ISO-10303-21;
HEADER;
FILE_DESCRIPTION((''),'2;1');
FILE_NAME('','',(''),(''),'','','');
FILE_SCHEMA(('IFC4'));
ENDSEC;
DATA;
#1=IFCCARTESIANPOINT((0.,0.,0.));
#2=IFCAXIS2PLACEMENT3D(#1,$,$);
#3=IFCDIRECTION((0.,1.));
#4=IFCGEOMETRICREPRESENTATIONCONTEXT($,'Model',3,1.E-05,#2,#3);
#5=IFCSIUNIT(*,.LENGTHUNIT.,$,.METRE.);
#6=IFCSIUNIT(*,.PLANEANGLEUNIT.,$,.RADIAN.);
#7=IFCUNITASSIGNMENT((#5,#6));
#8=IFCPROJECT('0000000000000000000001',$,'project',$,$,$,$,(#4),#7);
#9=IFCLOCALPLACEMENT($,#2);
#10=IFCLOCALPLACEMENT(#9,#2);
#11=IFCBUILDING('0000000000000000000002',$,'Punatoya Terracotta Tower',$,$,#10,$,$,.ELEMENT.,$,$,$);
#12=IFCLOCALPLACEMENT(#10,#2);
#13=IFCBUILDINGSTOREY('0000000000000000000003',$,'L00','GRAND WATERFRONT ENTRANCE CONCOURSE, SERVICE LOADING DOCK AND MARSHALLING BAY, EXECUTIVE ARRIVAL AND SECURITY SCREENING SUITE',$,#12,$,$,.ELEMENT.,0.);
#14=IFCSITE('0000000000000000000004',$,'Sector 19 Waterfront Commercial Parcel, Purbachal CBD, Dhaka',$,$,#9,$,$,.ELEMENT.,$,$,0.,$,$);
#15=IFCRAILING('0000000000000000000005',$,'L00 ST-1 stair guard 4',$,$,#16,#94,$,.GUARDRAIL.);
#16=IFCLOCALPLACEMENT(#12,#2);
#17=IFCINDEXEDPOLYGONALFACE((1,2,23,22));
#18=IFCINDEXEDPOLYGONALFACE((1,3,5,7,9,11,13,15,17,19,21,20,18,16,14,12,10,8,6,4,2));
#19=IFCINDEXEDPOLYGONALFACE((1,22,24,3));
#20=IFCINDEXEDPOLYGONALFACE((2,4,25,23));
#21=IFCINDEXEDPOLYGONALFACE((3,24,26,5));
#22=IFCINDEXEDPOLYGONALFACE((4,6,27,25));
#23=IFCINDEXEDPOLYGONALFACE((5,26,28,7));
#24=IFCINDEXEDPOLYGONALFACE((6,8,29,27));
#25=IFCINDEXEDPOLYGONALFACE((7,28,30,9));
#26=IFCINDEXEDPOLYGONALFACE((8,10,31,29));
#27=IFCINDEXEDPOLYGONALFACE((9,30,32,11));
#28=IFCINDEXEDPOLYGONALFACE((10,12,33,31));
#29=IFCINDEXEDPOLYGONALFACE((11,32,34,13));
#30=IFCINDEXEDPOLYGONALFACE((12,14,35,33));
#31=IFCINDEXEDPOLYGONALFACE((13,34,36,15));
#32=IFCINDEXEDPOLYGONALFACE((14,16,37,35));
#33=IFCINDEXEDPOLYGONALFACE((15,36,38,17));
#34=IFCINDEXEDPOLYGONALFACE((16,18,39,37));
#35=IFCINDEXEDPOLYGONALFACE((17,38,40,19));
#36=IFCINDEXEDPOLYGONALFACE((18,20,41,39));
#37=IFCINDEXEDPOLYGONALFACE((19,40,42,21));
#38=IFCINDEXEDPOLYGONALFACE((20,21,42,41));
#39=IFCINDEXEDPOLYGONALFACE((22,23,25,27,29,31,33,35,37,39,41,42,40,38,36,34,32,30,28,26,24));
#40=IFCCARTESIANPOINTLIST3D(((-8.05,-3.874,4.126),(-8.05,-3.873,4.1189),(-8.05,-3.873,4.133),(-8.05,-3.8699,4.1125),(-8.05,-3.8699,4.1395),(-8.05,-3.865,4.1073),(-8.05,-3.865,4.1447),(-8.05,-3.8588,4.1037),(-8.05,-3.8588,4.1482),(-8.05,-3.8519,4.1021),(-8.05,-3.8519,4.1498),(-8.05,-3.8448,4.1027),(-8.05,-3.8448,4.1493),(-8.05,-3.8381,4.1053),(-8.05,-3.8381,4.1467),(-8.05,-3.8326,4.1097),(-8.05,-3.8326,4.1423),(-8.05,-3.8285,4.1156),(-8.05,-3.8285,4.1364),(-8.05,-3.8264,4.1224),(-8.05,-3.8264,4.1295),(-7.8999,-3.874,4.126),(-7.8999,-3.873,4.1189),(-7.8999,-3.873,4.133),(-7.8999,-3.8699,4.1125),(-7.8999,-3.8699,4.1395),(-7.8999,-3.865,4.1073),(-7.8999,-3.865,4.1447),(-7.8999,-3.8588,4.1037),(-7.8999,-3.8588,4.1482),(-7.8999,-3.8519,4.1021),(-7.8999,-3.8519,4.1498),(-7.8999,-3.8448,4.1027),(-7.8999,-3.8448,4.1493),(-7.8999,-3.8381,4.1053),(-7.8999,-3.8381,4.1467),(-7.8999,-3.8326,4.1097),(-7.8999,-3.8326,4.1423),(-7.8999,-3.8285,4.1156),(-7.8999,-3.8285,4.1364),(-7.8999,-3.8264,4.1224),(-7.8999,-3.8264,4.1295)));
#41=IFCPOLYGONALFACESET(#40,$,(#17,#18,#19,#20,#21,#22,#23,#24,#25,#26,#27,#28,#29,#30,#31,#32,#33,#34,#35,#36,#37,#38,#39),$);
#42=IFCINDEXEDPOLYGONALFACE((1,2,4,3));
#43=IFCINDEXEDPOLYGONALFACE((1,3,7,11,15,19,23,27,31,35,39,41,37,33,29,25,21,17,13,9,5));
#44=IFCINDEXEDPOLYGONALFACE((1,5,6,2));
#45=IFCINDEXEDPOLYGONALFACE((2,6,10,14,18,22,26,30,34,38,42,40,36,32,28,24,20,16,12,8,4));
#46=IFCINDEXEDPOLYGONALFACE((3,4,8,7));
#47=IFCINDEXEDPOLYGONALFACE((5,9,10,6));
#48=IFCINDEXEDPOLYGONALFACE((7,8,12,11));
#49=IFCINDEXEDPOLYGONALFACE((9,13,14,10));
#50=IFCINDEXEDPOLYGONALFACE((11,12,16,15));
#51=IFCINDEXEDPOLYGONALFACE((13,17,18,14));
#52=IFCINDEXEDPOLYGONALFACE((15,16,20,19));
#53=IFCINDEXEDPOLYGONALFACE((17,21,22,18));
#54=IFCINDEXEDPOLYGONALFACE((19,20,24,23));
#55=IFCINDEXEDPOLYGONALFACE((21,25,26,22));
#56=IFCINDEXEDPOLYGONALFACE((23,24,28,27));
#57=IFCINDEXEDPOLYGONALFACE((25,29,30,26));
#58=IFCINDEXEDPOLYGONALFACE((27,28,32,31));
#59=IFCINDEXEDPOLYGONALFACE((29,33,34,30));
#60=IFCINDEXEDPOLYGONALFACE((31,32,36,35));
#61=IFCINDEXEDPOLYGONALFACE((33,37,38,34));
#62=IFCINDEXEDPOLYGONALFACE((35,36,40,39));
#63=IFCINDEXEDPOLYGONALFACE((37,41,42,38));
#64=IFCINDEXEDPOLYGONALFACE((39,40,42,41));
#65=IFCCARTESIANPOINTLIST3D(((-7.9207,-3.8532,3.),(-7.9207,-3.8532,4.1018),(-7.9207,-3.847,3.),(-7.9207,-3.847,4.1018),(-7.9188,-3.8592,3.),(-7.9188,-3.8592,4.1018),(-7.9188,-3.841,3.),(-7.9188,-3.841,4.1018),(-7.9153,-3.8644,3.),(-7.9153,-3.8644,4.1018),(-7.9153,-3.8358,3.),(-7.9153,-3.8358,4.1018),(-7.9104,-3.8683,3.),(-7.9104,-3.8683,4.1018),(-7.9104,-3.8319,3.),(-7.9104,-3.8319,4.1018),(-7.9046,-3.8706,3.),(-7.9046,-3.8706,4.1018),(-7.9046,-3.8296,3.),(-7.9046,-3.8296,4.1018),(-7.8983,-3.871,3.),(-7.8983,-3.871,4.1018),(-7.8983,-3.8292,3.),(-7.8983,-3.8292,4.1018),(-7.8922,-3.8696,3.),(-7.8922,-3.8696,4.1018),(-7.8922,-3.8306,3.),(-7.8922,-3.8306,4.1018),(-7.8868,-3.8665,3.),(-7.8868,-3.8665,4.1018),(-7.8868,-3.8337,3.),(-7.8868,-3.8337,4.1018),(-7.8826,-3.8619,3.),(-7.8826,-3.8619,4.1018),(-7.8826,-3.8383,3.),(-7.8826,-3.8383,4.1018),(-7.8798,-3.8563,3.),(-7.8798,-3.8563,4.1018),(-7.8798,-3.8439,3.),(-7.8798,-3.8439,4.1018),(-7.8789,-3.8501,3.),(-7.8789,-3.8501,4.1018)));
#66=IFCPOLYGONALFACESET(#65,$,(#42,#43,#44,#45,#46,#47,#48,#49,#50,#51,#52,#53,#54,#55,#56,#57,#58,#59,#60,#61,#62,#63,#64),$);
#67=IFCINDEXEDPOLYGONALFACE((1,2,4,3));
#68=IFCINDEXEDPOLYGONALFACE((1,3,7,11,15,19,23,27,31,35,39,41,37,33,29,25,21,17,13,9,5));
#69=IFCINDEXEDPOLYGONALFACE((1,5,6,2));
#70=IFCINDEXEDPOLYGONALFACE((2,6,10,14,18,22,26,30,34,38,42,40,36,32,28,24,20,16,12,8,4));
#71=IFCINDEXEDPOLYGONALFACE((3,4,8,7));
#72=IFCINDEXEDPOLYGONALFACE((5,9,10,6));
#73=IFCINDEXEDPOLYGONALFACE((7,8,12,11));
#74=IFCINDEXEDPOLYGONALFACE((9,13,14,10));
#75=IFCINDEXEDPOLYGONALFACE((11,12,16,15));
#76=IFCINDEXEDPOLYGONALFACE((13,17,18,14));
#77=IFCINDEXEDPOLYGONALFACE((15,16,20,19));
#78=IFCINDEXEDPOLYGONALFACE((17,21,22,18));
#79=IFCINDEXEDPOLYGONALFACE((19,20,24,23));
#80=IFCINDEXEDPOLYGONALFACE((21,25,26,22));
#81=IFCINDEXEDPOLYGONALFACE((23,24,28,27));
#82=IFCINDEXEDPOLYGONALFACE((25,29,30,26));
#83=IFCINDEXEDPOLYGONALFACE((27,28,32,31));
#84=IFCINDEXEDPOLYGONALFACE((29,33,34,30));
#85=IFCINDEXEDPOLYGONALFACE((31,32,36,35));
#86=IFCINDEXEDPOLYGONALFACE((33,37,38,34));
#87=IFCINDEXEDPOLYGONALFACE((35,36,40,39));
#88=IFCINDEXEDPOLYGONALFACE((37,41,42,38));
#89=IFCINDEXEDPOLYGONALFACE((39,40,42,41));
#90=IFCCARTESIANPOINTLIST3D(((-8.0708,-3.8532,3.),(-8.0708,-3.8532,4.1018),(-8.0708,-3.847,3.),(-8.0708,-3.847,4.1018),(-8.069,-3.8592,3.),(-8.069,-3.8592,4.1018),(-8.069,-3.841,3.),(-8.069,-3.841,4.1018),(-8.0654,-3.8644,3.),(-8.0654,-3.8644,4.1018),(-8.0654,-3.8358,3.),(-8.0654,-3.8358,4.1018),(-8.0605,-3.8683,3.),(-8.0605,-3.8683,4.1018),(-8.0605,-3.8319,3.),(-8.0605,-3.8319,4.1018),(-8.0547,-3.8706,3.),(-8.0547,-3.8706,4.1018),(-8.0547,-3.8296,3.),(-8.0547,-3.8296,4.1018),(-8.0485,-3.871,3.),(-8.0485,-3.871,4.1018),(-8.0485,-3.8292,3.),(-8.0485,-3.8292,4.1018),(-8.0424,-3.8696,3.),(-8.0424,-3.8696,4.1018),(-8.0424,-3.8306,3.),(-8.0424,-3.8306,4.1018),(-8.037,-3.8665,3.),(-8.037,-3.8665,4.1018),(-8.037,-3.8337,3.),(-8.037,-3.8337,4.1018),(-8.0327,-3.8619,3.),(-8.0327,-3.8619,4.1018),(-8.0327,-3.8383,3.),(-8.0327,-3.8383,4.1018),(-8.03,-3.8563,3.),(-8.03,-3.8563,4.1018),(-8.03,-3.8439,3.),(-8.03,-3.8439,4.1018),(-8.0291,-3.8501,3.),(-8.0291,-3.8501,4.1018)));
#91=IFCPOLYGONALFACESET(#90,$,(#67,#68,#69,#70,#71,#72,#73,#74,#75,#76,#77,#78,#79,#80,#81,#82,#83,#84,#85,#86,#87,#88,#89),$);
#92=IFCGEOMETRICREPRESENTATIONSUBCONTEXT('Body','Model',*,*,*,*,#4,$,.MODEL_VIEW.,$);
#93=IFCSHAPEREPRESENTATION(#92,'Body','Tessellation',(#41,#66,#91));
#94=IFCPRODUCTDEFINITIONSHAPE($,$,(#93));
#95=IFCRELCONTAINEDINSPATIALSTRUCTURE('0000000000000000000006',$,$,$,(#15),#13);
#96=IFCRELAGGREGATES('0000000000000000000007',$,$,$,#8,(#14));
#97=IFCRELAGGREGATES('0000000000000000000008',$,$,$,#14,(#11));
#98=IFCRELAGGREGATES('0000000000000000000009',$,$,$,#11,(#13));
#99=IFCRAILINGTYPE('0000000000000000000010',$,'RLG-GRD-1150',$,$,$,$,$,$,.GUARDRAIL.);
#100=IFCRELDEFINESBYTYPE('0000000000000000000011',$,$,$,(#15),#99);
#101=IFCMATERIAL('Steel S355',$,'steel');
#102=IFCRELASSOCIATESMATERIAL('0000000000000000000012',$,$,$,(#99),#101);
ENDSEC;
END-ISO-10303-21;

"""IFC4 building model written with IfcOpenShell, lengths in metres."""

from ifc_helpers import new_model, si_unit, direction, frame, origin, origin_2d, place, context, subcontext, project, spatial, circle, extrude, material, type_object, element, save


model = new_model("IFC4")

# Units and contexts
model_context = context("Model", 3, precision=1e-05, world=origin(), true_north=direction((0.0, 1.0)))
body_context = subcontext(model_context, "Body", "Model", "MODEL_VIEW")
ifc_project = project(units=[si_unit("LENGTHUNIT", "METRE"), si_unit("PLANEANGLEUNIT", "RADIAN")], contexts=[model_context])

# Site, building, storey
site_placement = place(None, origin())
site = spatial("IfcSite", under=ifc_project, at=site_placement, Name="Sector 19 Waterfront Commercial Parcel, Purbachal CBD, Dhaka", CompositionType="ELEMENT", RefElevation=0.0)
building_placement = place(site_placement, origin())
building = spatial("IfcBuilding", under=site, at=building_placement, Name="Punatoya Terracotta Tower", CompositionType="ELEMENT")
storey_placement = place(building_placement, origin())
storey = spatial("IfcBuildingStorey", under=building, at=storey_placement, Name="L00", Description="GRAND WATERFRONT ENTRANCE CONCOURSE, SERVICE LOADING DOCK AND MARSHALLING BAY, EXECUTIVE ARRIVAL AND SECURITY SCREENING SUITE", CompositionType="ELEMENT", Elevation=0.0)

# Shared definitions
ifc_material_1 = material(Name="Steel S355", Category="steel")

# Railing
railing_type_1 = type_object("IfcRailingType", Name="RLG-GRD-1150", PredefinedType="GUARDRAIL", material=ifc_material_1)
railing_1_placement = place(storey_placement, frame((-7.8999, -3.8501, 3.0)))
element("IfcRailing", 1, at=railing_1_placement, inside=storey, type_object=railing_type_1, Name="L00 ST-1 stair guard 4", PredefinedType="GUARDRAIL", context=body_context, shape_type="SweptSolid", body=[
    extrude(circle(Radius=0.0239, at=origin_2d()), frame((0.0, 0.0, 1.126), z_axis=(-1.0, 0.0, 0.0), x_axis=(0.0, -1.0, 0.0)), (0.0, 0.0, 1.0), 0.1501),
    extrude(circle(Radius=0.021, at=origin_2d()), origin(), (0.0, 0.0, 1.0), 1.1018),
    extrude(circle(Radius=0.021, at=origin_2d()), frame((-0.1501, 0.0, 0.0)), (0.0, 0.0, 1.0), 1.1018),
])

save(model, "model.ifc")
